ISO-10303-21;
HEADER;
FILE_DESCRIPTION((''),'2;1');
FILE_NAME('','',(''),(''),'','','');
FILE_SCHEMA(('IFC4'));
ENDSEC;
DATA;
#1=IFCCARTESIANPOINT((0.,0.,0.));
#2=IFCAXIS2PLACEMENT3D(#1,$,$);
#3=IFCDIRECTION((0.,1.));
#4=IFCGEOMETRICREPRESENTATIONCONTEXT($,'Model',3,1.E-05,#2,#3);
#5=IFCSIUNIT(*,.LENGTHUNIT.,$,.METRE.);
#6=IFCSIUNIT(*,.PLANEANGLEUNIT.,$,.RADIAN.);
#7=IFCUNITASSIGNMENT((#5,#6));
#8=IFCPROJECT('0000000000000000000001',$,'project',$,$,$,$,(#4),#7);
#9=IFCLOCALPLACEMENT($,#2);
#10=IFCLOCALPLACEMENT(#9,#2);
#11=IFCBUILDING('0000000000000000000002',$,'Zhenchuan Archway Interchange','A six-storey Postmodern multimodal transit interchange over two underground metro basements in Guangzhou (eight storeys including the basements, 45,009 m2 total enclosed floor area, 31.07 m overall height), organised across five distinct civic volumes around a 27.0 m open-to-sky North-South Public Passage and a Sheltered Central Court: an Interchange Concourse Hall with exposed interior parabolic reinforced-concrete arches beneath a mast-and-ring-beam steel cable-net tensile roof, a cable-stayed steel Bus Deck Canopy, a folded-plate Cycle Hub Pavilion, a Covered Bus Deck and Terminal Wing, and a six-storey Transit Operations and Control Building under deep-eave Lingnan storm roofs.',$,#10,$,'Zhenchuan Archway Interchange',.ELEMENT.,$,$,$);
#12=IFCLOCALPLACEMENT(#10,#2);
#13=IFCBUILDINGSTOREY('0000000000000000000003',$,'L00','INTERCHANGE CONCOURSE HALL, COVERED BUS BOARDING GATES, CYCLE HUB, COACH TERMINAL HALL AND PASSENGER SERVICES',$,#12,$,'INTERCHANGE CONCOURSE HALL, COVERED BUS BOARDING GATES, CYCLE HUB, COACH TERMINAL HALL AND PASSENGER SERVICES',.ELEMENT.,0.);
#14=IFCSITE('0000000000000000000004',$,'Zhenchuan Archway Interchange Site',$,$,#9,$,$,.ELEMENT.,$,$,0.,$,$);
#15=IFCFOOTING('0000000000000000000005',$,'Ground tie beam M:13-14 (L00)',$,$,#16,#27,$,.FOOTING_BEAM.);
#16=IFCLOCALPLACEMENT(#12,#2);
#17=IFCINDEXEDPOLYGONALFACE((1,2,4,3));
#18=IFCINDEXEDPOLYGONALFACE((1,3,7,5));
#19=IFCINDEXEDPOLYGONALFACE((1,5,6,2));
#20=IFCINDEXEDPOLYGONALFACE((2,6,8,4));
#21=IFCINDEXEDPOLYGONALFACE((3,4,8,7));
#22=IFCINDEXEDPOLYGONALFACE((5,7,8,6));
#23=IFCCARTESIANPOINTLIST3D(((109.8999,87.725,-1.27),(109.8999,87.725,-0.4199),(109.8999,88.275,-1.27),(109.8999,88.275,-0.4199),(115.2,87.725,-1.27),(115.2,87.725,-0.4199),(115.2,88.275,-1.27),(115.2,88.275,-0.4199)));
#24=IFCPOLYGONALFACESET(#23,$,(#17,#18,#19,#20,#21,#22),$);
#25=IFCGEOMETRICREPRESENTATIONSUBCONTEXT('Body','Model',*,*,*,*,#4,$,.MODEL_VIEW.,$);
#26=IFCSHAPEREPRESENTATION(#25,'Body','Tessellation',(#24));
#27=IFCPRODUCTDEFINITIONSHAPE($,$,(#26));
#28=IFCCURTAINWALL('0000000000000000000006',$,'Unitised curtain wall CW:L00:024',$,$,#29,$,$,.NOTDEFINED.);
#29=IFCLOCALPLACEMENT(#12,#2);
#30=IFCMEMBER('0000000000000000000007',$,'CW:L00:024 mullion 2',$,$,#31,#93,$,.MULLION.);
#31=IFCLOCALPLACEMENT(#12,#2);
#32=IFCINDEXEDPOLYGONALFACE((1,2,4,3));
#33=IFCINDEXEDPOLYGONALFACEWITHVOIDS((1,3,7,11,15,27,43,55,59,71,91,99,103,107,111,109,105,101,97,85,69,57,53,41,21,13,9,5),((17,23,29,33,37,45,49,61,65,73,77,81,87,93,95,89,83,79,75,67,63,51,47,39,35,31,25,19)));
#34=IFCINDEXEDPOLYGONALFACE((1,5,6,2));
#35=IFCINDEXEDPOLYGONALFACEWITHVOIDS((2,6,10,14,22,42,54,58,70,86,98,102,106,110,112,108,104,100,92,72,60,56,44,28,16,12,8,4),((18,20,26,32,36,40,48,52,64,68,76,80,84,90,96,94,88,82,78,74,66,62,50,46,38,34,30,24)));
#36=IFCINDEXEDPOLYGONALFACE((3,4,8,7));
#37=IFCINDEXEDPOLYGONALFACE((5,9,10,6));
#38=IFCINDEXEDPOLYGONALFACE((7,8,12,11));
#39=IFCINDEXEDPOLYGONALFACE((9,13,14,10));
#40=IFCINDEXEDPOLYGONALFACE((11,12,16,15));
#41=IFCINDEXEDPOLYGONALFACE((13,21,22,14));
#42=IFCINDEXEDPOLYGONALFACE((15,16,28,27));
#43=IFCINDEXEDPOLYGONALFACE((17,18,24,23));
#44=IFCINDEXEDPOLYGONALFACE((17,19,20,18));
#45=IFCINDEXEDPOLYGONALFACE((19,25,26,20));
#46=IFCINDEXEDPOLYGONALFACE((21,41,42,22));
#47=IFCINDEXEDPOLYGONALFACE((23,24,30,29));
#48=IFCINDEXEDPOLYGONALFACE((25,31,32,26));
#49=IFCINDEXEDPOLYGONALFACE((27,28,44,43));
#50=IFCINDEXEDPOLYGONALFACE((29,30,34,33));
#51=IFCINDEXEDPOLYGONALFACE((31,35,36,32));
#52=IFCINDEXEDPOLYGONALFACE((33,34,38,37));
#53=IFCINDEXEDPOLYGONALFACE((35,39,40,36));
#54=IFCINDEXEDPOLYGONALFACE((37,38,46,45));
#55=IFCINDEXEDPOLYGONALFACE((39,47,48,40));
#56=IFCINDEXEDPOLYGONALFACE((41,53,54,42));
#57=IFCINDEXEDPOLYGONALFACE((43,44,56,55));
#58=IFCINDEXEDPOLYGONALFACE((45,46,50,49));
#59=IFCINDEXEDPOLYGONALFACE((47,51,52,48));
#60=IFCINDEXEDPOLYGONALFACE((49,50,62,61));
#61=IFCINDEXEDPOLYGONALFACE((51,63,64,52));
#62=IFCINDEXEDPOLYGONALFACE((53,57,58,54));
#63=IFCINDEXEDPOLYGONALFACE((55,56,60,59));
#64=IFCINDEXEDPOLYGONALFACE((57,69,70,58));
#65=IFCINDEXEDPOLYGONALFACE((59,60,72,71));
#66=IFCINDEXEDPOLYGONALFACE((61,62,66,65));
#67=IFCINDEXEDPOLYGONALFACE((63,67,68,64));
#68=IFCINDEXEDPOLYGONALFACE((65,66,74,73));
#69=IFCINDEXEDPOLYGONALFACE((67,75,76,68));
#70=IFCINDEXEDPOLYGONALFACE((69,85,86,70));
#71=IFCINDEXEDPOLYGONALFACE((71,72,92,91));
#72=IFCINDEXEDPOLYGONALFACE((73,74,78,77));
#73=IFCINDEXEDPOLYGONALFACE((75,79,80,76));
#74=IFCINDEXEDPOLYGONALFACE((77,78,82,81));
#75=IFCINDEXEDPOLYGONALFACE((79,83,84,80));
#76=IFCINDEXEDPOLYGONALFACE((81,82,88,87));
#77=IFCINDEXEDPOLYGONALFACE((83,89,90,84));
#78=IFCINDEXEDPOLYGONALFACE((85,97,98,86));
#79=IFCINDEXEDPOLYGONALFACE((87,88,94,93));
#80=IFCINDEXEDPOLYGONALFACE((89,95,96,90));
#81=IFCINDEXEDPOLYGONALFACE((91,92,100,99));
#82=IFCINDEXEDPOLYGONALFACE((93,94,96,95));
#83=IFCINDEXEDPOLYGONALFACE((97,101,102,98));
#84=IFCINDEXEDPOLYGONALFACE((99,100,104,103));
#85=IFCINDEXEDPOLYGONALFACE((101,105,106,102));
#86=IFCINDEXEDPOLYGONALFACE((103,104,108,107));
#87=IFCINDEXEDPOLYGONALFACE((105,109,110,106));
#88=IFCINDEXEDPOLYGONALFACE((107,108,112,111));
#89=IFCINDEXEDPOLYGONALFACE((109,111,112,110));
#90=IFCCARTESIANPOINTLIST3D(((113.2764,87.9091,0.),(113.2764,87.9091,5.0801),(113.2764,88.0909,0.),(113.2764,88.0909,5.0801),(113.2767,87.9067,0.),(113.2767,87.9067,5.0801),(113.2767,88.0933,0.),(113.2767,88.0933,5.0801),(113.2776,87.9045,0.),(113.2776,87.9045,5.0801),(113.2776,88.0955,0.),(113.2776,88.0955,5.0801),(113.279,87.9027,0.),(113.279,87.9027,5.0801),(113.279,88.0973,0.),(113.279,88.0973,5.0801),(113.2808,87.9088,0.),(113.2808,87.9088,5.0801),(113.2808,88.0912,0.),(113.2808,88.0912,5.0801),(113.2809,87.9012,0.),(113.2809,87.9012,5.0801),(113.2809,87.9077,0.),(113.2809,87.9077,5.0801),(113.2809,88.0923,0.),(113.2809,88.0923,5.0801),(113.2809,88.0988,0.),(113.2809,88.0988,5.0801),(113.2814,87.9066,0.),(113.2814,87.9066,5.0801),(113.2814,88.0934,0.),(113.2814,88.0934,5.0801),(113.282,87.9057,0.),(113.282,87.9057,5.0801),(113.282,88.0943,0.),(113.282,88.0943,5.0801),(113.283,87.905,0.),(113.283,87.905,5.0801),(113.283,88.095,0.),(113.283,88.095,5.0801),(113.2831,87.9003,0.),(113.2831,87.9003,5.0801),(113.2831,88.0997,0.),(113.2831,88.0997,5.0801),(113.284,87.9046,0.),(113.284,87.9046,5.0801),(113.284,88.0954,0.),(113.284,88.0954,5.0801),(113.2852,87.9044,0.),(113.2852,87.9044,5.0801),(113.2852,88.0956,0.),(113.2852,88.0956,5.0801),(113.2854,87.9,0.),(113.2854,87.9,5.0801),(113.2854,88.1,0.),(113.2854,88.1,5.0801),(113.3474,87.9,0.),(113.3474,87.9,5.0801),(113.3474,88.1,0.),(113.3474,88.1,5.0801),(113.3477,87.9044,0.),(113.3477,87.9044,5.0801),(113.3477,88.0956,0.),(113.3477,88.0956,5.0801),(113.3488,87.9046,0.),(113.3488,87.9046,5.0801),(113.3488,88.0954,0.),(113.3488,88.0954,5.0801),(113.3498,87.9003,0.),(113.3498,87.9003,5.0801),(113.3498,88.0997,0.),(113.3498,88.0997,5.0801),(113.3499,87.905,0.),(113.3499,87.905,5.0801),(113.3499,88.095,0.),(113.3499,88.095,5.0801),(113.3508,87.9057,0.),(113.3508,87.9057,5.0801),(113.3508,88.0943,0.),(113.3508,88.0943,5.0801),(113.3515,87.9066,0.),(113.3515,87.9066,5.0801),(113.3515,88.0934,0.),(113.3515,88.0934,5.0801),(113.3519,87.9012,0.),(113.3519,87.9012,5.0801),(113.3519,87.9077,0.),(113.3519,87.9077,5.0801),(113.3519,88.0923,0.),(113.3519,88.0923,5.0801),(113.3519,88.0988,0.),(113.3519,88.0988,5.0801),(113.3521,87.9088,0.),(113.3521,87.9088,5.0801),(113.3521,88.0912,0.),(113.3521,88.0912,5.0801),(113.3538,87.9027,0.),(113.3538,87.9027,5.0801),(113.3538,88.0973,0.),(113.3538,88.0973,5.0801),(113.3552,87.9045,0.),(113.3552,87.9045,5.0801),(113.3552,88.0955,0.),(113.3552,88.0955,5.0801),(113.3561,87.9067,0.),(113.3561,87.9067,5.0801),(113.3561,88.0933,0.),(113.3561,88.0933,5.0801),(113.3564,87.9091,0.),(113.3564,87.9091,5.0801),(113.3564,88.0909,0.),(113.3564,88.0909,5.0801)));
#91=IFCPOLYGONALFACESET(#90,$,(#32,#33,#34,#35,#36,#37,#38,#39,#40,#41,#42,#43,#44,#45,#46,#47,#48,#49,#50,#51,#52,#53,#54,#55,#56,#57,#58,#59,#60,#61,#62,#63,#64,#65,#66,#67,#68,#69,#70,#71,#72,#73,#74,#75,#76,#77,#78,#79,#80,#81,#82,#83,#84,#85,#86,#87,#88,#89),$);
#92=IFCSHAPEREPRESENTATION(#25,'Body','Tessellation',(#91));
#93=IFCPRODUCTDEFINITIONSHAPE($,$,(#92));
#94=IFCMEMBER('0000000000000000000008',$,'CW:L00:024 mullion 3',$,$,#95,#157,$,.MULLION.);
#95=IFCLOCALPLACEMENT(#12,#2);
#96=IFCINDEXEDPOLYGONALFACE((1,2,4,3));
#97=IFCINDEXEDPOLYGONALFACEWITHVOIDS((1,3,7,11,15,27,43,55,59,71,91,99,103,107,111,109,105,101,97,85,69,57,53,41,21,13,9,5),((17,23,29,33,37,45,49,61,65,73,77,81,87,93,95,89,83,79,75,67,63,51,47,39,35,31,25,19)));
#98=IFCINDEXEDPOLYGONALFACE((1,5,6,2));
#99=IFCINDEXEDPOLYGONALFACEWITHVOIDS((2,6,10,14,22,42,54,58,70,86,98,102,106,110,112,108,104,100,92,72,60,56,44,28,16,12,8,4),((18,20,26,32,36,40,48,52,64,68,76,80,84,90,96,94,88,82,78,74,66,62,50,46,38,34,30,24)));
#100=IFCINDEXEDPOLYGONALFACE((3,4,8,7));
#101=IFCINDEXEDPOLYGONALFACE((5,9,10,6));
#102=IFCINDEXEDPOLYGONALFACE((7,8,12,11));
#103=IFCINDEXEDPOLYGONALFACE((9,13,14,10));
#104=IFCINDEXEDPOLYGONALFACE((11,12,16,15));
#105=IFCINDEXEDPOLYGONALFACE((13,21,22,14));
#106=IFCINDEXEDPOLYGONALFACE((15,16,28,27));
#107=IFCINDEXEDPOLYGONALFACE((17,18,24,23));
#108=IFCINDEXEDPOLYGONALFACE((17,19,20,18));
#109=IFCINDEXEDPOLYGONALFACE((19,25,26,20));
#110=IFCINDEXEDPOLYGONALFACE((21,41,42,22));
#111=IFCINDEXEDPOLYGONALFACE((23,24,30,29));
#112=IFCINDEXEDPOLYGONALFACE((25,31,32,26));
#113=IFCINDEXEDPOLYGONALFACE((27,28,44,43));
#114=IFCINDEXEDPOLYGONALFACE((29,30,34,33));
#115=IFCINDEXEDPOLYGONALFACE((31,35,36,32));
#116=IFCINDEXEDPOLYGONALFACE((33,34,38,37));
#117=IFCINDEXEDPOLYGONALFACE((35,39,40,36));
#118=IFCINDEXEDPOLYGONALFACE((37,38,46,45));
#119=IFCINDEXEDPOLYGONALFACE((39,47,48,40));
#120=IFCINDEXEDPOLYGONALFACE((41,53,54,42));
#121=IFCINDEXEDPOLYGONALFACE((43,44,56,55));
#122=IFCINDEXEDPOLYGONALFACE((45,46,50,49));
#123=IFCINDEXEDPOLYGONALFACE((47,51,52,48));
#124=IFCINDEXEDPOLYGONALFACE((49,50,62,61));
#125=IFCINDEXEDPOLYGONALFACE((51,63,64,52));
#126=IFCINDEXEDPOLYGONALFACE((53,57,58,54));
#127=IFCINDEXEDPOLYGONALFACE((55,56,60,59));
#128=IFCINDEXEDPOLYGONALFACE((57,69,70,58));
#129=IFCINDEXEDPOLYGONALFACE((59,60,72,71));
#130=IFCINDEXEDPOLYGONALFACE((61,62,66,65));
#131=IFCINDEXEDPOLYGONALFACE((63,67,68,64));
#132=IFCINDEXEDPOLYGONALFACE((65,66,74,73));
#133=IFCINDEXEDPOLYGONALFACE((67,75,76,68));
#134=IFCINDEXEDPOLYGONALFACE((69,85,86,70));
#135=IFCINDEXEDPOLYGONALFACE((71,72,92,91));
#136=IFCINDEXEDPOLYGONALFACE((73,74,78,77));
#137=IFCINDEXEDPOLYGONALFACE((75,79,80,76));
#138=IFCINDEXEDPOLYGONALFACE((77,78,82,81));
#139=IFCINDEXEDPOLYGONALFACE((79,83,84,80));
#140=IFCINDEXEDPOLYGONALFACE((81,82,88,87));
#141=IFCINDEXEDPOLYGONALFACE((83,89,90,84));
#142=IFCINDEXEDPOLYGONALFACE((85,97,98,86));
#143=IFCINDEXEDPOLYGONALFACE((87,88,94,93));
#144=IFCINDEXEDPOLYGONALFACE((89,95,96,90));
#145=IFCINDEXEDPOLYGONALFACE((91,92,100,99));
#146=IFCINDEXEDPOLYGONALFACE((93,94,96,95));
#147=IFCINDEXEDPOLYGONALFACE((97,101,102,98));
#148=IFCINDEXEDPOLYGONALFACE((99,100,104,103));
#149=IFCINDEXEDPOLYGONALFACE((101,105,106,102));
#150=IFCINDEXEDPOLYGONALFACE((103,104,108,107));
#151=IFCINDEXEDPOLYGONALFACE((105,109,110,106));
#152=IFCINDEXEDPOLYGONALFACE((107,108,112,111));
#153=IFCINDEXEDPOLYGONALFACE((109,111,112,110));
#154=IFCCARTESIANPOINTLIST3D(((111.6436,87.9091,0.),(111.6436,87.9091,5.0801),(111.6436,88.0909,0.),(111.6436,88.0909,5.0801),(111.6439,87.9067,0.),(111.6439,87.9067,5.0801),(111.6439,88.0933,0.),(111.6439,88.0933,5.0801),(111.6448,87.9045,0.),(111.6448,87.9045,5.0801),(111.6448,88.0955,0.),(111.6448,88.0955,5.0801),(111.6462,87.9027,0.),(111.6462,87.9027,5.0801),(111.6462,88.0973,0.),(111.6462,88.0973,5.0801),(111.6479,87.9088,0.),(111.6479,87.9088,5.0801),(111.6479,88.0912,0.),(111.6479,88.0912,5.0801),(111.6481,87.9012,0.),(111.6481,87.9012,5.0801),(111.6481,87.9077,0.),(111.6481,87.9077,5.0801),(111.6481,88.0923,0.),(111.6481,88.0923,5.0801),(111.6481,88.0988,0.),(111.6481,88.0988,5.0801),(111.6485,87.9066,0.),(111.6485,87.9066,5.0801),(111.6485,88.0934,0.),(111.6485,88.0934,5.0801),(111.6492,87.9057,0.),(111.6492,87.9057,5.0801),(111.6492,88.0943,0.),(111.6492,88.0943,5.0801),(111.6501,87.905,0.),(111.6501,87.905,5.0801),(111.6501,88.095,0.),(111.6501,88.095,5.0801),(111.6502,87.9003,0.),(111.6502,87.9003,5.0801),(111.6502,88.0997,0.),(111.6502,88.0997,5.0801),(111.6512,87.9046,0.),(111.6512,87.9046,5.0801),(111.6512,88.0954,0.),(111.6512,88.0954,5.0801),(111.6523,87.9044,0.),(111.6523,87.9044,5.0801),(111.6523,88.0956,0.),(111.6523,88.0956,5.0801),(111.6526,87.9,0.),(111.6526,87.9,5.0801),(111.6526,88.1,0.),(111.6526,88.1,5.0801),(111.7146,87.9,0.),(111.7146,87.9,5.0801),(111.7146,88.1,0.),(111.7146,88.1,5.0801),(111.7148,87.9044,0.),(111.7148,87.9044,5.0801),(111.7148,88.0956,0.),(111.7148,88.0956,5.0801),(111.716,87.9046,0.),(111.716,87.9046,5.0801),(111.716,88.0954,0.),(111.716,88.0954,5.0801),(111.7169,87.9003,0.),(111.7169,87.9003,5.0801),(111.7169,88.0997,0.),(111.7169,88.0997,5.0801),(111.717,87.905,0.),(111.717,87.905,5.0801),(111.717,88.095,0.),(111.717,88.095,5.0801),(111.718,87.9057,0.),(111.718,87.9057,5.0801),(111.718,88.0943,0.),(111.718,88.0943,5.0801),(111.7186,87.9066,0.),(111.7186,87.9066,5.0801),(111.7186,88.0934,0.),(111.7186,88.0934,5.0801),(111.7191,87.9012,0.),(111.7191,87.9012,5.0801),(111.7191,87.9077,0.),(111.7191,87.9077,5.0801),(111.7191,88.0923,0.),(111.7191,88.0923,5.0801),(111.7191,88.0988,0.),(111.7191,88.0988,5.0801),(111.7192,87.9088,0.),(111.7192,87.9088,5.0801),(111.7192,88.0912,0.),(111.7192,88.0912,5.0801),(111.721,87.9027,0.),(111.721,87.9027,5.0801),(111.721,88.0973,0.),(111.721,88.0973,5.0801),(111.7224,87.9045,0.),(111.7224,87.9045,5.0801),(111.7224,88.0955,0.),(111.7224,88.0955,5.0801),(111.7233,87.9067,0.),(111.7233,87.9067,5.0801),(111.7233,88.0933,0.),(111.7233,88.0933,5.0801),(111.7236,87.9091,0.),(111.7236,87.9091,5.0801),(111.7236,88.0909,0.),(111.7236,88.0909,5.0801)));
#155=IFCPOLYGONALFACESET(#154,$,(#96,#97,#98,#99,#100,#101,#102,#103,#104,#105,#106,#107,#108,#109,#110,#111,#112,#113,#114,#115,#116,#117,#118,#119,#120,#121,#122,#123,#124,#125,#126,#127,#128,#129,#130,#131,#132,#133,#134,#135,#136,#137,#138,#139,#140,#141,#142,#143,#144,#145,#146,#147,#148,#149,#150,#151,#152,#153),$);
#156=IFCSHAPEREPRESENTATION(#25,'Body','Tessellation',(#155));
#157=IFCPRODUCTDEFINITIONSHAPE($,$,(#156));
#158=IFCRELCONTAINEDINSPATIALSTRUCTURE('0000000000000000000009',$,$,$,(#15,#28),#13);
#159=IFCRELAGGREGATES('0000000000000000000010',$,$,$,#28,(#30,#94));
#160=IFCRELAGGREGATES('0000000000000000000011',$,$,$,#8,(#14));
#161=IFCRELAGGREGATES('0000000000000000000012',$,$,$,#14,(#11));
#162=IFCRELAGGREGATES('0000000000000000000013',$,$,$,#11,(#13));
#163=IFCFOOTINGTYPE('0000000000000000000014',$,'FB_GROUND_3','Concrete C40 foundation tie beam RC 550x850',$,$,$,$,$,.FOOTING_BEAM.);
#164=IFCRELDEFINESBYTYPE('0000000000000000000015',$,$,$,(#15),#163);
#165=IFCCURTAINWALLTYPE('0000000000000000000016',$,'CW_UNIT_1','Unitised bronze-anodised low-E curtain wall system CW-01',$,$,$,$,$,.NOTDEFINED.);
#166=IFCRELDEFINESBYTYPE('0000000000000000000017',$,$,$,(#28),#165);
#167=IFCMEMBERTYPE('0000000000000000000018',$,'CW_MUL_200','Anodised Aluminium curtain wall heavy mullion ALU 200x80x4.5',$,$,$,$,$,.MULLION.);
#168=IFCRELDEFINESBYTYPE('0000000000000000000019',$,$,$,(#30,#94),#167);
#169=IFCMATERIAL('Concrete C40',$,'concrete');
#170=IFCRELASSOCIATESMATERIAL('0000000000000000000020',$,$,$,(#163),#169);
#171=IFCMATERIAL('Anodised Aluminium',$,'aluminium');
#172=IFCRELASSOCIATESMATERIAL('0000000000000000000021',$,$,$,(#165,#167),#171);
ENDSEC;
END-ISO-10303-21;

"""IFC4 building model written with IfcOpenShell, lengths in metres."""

from ifc_helpers import new_model, si_unit, direction, frame, origin, origin_2d, place, context, subcontext, project, spatial, rectangle, hollow_rectangle, extrude, material, material_profile, profile_set, type_object, element, aggregate, save


model = new_model("IFC4")

# Units and contexts
model_context = context("Model", 3, precision=1e-05, world=origin(), true_north=direction((0.0, 1.0)))
body_context = subcontext(model_context, "Body", "Model", "MODEL_VIEW")
ifc_project = project(units=[si_unit("LENGTHUNIT", "METRE"), si_unit("PLANEANGLEUNIT", "RADIAN")], contexts=[model_context])

# Site, building, storey
site_placement = place(None, origin())
site = spatial("IfcSite", under=ifc_project, at=site_placement, Name="Zhenchuan Archway Interchange Site", CompositionType="ELEMENT", RefElevation=0.0)
building_placement = place(site_placement, origin())
building = spatial("IfcBuilding", under=site, at=building_placement, Name="Zhenchuan Archway Interchange", Description="A six-storey Postmodern multimodal transit interchange over two underground metro basements in Guangzhou (eight storeys including the basements, 45,009 m2 total enclosed floor area, 31.07 m overall height), organised across five distinct civic volumes around a 27.0 m open-to-sky North-South Public Passage and a Sheltered Central Court: an Interchange Concourse Hall with exposed interior parabolic reinforced-concrete arches beneath a mast-and-ring-beam steel cable-net tensile roof, a cable-stayed steel Bus Deck Canopy, a folded-plate Cycle Hub Pavilion, a Covered Bus Deck and Terminal Wing, and a six-storey Transit Operations and Control Building under deep-eave Lingnan storm roofs.", LongName="Zhenchuan Archway Interchange", CompositionType="ELEMENT")
storey_placement = place(building_placement, origin())
storey = spatial("IfcBuildingStorey", under=building, at=storey_placement, Name="L00", Description="INTERCHANGE CONCOURSE HALL, COVERED BUS BOARDING GATES, CYCLE HUB, COACH TERMINAL HALL AND PASSENGER SERVICES", LongName="INTERCHANGE CONCOURSE HALL, COVERED BUS BOARDING GATES, CYCLE HUB, COACH TERMINAL HALL AND PASSENGER SERVICES", CompositionType="ELEMENT", Elevation=0.0)

# Footing
ifc_material_1 = material(Name="Concrete C40", Category="concrete")
ifc_material_profile_1 = material_profile(ifc_material_1, rectangle(XDim=0.55, YDim=0.8501, at=origin_2d()), Name="RC 550x850")
ifc_profile_set_1 = profile_set([ifc_material_profile_1], Name="Concrete C40")
footing_type = type_object("IfcFootingType", Name="FB_GROUND_3", Description="Concrete C40 foundation tie beam RC 550x850", PredefinedType="FOOTING_BEAM", material=ifc_profile_set_1)
footing_placement = place(storey_placement, frame((109.8999, 88.0, -0.845), z_axis=(1.0, 0.0, 0.0), x_axis=(0.0, 1.0, 0.0)))
element("IfcFooting", 1, at=footing_placement, inside=storey, type_object=footing_type, Name="Ground tie beam M:13-14 (L00)", PredefinedType="FOOTING_BEAM", context=body_context, shape_type="SweptSolid", body=[
    extrude(rectangle(XDim=0.55, YDim=0.8501, at=origin_2d()), origin(), (0.0, 0.0, 1.0), 5.3),
])

# Curtain wall, members
ifc_material_2 = material(Name="Anodised Aluminium", Category="aluminium")
curtain_wall_type = type_object("IfcCurtainWallType", Name="CW_UNIT_1", Description="Unitised bronze-anodised low-E curtain wall system CW-01", PredefinedType="NOTDEFINED", material=ifc_material_2)
curtain_wall_placement = place(storey_placement, origin())
curtain_wall = element("IfcCurtainWall", 2, at=curtain_wall_placement, inside=storey, type_object=curtain_wall_type, Name="Unitised curtain wall CW:L00:024", PredefinedType="NOTDEFINED")
ifc_material_profile_2 = material_profile(ifc_material_2, hollow_rectangle(XDim=0.0801, YDim=0.2, WallThickness=0.0044, InnerFilletRadius=0.0044, OuterFilletRadius=0.009, at=origin_2d()), Name="ALU 200x80x4.5")
ifc_profile_set_2 = profile_set([ifc_material_profile_2], Name="Anodised Aluminium")
member_type_1 = type_object("IfcMemberType", Name="CW_MUL_200", Description="Anodised Aluminium curtain wall heavy mullion ALU 200x80x4.5", PredefinedType="MULLION", material=ifc_profile_set_2)
member_1_placement = place(storey_placement, frame((113.3164, 88.0, 0.0), z_axis=(0.0, 0.0, 1.0), x_axis=(1.0, 0.0, 0.0)))
member_1 = element("IfcMember", 3, at=member_1_placement, type_object=member_type_1, Name="CW:L00:024 mullion 2", PredefinedType="MULLION", context=body_context, shape_type="SweptSolid", body=[
    extrude(hollow_rectangle(XDim=0.0801, YDim=0.2, WallThickness=0.0044, InnerFilletRadius=0.0044, OuterFilletRadius=0.009, at=origin_2d()), origin(), (0.0, 0.0, 1.0), 5.0801),
])
member_2_placement = place(storey_placement, frame((111.6836, 88.0, 0.0), z_axis=(0.0, 0.0, 1.0), x_axis=(1.0, 0.0, 0.0)))
member_2 = element("IfcMember", 4, at=member_2_placement, type_object=member_type_1, Name="CW:L00:024 mullion 3", PredefinedType="MULLION", context=body_context, shape_type="SweptSolid", body=[
    extrude(hollow_rectangle(XDim=0.0801, YDim=0.2, WallThickness=0.0044, InnerFilletRadius=0.0044, OuterFilletRadius=0.009, at=origin_2d()), origin(), (0.0, 0.0, 1.0), 5.0801),
])
aggregate(curtain_wall, [member_1, member_2])

save(model, "model.ifc")
